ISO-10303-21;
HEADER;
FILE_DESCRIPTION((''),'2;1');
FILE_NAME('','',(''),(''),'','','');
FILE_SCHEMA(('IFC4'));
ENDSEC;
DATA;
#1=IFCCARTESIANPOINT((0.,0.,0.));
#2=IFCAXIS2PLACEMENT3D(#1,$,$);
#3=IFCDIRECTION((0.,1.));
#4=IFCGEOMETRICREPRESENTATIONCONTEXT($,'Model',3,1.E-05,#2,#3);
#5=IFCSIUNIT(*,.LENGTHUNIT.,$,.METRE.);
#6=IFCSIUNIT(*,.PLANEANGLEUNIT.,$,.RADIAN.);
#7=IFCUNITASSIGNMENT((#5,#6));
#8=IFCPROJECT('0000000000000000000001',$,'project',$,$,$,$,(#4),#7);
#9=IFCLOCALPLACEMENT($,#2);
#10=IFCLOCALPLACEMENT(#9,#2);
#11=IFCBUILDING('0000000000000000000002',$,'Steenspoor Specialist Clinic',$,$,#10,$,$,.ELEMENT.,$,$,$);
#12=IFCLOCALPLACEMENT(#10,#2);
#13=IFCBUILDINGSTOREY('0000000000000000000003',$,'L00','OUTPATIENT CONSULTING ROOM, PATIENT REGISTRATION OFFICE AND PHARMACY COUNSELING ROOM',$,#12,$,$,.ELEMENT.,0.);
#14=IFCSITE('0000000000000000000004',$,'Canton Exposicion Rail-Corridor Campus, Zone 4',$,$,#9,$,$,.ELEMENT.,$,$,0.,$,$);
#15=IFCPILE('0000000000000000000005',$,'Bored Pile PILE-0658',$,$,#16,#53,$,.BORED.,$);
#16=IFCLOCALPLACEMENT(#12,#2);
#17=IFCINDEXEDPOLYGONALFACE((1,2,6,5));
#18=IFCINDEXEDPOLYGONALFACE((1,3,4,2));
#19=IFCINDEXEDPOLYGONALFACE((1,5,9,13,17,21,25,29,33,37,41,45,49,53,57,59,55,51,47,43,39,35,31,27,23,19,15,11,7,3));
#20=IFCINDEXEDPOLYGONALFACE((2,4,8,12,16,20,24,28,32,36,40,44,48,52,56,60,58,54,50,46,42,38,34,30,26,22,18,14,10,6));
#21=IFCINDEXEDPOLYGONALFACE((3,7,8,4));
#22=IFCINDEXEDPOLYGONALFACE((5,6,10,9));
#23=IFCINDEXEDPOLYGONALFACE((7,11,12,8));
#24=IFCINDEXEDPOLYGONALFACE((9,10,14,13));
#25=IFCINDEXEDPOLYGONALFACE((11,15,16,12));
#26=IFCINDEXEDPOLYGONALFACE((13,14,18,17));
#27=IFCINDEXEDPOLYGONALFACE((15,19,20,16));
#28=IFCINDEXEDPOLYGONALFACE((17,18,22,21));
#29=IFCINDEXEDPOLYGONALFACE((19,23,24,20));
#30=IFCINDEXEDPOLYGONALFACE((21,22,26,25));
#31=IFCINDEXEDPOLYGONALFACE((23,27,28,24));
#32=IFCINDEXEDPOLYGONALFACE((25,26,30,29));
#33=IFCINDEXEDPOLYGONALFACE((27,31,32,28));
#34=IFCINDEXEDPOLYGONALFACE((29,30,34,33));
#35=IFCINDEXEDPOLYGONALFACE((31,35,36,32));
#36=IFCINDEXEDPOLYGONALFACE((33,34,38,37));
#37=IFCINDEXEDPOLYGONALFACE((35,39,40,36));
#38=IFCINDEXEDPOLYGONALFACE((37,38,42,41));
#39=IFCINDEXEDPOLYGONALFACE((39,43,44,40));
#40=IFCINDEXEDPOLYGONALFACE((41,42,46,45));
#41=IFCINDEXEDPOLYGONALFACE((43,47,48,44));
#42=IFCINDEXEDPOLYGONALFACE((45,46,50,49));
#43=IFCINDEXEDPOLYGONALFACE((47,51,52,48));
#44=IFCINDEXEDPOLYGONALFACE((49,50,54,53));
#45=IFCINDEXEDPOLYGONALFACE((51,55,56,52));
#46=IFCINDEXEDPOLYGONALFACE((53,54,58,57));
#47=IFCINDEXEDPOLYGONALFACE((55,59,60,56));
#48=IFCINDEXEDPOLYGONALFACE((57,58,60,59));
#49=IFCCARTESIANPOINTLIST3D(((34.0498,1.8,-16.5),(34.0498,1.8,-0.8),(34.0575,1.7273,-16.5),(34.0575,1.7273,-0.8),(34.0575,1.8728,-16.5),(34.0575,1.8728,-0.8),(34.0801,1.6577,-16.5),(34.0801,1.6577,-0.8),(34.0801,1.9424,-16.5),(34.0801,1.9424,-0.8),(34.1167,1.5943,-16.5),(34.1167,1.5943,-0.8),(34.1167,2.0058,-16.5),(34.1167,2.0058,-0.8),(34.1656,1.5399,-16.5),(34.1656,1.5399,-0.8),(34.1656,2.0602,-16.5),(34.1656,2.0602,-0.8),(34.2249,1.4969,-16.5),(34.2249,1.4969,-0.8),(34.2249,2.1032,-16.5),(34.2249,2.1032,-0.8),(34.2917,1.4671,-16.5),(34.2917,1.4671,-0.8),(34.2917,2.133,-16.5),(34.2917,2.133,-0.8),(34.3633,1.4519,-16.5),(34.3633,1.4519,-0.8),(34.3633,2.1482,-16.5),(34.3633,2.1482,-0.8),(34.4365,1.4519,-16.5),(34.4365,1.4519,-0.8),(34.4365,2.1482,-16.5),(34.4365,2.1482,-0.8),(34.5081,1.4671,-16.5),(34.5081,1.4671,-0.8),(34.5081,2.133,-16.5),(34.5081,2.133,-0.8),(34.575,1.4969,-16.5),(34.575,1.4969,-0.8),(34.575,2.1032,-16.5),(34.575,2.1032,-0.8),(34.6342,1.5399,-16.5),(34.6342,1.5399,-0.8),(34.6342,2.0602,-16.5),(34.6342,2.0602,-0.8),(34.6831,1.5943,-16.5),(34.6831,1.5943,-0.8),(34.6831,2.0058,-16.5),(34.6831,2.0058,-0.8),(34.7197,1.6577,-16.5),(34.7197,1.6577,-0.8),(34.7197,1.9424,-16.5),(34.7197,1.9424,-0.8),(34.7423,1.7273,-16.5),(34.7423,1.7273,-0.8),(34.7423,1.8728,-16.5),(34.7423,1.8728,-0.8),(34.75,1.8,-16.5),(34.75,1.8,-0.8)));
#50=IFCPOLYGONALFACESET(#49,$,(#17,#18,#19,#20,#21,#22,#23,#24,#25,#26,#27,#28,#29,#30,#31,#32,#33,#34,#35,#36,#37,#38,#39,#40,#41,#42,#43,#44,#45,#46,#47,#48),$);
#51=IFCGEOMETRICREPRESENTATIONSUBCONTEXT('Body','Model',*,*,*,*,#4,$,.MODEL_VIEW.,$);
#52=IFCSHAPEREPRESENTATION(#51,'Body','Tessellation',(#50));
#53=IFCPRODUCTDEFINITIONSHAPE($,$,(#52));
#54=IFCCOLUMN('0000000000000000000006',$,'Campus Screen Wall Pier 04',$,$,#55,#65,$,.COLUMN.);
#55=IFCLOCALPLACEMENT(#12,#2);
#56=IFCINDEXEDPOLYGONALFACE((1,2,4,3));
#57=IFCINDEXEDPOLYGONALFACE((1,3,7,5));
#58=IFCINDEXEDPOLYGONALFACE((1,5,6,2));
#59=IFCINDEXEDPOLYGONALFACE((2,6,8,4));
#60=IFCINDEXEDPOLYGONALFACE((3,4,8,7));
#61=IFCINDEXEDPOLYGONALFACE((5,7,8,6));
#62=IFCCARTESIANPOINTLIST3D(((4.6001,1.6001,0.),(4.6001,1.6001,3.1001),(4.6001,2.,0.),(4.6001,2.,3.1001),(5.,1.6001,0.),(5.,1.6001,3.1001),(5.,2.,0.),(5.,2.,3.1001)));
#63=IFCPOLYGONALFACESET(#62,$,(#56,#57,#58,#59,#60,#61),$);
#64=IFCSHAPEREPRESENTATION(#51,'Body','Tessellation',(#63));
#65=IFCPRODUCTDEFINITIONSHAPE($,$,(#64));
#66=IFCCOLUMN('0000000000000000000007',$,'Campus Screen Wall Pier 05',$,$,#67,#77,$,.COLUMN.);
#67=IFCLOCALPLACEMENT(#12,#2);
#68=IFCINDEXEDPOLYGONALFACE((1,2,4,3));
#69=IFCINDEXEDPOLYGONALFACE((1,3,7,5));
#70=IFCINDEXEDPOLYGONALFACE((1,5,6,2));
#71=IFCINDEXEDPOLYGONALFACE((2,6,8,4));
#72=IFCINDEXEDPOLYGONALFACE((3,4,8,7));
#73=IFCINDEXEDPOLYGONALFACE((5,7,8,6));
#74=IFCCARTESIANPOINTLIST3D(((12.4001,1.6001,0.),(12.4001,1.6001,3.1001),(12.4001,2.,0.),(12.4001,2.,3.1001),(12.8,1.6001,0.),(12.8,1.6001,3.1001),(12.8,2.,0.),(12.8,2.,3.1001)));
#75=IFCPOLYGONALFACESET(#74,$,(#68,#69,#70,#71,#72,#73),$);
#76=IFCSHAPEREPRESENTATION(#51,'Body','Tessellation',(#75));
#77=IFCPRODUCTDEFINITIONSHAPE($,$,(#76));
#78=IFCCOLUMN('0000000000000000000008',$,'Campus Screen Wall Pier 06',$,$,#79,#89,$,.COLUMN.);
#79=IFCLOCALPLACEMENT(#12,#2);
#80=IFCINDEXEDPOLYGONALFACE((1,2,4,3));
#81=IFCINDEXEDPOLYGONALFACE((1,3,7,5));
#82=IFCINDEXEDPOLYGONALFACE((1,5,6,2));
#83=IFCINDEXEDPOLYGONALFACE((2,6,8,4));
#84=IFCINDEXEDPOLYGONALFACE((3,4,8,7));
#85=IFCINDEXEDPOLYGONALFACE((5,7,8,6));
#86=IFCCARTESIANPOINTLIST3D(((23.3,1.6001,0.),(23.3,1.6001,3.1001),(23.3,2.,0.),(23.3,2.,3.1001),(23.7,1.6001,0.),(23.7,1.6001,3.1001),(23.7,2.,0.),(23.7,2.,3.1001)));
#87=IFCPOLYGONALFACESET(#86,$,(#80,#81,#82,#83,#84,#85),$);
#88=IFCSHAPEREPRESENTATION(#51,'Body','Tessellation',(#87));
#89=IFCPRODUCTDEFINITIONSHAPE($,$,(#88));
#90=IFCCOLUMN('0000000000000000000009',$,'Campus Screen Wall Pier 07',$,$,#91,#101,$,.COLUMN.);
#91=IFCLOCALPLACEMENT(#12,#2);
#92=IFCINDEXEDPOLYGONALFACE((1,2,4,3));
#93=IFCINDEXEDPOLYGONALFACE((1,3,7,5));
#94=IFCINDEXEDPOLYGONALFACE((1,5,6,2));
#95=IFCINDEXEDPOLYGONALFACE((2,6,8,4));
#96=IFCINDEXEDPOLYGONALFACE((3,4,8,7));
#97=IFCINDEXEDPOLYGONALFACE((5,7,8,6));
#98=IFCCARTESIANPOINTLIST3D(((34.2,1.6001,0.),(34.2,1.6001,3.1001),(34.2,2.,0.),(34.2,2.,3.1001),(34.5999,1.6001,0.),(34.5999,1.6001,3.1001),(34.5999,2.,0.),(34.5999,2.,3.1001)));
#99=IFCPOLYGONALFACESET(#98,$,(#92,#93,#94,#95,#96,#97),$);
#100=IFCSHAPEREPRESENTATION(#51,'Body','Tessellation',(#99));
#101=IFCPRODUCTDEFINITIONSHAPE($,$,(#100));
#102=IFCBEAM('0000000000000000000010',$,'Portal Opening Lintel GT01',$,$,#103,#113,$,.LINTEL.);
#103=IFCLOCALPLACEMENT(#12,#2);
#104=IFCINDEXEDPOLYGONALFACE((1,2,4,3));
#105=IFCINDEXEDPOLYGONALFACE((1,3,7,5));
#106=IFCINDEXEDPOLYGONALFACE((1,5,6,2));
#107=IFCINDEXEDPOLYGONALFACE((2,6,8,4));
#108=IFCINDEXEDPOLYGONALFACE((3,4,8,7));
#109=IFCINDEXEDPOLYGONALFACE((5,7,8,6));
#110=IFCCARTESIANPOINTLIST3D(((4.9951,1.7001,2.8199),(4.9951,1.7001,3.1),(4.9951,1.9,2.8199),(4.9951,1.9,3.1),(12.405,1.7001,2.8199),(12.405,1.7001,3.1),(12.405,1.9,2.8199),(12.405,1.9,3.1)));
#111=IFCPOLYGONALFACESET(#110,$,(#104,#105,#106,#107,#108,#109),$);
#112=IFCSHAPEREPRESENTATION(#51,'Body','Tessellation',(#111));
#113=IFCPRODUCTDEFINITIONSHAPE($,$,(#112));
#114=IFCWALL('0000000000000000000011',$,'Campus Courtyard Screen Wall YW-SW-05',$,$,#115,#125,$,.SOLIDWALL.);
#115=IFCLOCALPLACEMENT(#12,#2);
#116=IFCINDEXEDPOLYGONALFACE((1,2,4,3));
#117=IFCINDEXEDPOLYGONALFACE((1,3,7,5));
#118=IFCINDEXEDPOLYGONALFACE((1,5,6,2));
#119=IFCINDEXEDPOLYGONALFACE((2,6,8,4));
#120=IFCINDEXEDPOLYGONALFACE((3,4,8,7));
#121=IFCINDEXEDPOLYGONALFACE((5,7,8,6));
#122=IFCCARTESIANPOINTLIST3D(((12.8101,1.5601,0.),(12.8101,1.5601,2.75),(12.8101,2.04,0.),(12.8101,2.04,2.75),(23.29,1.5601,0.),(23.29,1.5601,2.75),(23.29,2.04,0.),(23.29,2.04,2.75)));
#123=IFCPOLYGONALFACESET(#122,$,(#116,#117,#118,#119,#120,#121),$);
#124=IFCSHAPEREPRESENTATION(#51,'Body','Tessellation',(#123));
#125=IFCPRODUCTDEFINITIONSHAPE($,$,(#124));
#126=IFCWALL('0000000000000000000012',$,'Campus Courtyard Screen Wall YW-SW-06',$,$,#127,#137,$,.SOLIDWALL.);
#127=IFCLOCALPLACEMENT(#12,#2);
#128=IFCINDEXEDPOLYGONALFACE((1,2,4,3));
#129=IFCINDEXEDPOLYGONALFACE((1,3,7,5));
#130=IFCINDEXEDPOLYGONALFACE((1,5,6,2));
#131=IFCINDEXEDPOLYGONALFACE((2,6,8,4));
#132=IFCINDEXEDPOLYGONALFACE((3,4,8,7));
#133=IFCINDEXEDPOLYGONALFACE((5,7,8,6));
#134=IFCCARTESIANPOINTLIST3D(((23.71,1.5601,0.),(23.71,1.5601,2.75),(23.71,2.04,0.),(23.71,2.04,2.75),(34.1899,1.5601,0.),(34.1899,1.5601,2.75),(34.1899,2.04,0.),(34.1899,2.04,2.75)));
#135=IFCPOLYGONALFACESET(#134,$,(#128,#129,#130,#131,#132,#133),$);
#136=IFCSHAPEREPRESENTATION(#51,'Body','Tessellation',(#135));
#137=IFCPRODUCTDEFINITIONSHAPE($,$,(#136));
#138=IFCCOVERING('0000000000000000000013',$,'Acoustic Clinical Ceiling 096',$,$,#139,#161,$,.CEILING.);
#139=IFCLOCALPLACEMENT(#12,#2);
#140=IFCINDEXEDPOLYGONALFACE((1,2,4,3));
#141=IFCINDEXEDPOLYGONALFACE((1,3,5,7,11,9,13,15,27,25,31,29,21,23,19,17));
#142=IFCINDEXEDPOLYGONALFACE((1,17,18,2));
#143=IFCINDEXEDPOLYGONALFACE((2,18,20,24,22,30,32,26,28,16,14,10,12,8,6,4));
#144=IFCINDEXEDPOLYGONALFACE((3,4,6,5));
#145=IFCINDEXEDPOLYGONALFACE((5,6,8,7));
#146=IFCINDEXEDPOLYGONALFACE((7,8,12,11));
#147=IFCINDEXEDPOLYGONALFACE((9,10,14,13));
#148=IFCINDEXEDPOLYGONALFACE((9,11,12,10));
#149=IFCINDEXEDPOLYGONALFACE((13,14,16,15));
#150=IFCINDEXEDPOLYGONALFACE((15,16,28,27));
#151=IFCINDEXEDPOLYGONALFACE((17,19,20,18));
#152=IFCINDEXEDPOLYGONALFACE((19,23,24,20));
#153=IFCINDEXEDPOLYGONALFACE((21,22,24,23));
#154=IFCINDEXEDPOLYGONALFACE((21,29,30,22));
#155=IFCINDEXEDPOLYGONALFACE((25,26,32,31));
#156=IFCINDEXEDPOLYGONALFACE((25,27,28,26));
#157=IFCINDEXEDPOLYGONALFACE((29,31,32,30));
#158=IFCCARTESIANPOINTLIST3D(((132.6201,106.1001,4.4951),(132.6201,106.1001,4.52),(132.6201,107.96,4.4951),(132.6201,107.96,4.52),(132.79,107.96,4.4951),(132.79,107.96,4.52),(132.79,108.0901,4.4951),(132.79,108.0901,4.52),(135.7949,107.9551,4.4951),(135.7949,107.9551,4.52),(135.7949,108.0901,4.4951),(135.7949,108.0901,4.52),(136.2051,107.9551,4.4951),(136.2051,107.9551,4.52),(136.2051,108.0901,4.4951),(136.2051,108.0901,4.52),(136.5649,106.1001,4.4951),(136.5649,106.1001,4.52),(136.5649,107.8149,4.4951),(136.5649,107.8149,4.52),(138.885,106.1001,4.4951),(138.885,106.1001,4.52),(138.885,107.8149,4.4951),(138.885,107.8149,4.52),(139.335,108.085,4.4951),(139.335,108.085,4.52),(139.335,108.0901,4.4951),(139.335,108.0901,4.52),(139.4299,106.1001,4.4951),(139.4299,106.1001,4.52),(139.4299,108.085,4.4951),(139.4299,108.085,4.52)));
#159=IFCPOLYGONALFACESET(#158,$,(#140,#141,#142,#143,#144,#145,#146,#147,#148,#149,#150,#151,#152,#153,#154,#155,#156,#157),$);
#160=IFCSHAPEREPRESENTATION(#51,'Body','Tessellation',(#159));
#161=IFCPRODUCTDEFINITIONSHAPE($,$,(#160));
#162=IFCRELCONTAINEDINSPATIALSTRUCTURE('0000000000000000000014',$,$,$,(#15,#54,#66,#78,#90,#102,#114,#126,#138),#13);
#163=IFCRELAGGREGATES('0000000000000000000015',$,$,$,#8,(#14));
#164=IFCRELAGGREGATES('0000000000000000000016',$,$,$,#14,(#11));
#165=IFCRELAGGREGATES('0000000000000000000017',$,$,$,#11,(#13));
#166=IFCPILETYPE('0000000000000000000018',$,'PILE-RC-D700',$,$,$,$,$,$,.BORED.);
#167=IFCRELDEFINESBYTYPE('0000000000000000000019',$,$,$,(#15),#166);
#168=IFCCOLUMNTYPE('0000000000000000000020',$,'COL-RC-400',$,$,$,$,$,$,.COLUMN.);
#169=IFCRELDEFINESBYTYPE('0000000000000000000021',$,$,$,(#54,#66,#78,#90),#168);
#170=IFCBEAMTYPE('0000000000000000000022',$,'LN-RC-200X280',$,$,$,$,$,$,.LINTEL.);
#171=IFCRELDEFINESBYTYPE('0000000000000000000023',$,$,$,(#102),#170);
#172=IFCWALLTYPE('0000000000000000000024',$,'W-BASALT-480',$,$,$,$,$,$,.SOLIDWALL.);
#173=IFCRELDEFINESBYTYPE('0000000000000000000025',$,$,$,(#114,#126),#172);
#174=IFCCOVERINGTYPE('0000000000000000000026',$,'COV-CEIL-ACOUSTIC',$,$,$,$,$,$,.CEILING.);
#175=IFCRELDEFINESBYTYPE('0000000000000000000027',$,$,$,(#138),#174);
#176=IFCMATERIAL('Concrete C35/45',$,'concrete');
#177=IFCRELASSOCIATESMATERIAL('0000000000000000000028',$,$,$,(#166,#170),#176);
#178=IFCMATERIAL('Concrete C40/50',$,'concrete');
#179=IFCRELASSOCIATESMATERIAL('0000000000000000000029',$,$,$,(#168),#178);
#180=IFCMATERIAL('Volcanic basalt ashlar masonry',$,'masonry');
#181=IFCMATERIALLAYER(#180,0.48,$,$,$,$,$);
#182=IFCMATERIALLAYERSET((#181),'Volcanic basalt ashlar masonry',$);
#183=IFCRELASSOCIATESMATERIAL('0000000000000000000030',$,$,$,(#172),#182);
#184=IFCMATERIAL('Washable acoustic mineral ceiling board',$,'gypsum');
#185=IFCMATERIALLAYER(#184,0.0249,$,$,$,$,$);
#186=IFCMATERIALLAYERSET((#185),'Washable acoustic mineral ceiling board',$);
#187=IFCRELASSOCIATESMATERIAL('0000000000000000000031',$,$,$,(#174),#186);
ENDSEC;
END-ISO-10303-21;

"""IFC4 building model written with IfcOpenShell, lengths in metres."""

from ifc_helpers import new_model, si_unit, direction, frame, frame_2d, origin, origin_2d, place, context, subcontext, project, spatial, polyline, rectangle, circle, outline, extrude, material, layer, layer_set, material_profile, profile_set, type_object, element, save


model = new_model("IFC4")

# Units and contexts
model_context = context("Model", 3, precision=1e-05, world=origin(), true_north=direction((0.0, 1.0)))
body_context = subcontext(model_context, "Body", "Model", "MODEL_VIEW")
ifc_project = project(units=[si_unit("LENGTHUNIT", "METRE"), si_unit("PLANEANGLEUNIT", "RADIAN")], contexts=[model_context])

# Site, building, storey
site_placement = place(None, origin())
site = spatial("IfcSite", under=ifc_project, at=site_placement, Name="Canton Exposicion Rail-Corridor Campus, Zone 4", CompositionType="ELEMENT", RefElevation=0.0)
building_placement = place(site_placement, origin())
building = spatial("IfcBuilding", under=site, at=building_placement, Name="Steenspoor Specialist Clinic", CompositionType="ELEMENT")
storey_placement = place(building_placement, origin())
storey = spatial("IfcBuildingStorey", under=building, at=storey_placement, Name="L00", Description="OUTPATIENT CONSULTING ROOM, PATIENT REGISTRATION OFFICE AND PHARMACY COUNSELING ROOM", CompositionType="ELEMENT", Elevation=0.0)

# Shared definitions
ifc_material_1 = material(Name="Concrete C35/45", Category="concrete")

# Pile
ifc_material_profile_1 = material_profile(ifc_material_1, circle(Radius=0.3501, at=origin_2d()), Name="PILE-D700")
ifc_profile_set_1 = profile_set([ifc_material_profile_1], Name="Concrete C35/45")
pile_type = type_object("IfcPileType", Name="PILE-RC-D700", PredefinedType="BORED", material=ifc_profile_set_1)
for number, where, z_axis, x_axis, name in (
    (1, (34.3999, 1.8, -0.8), (0.0, 0.0, -1.0), (1.0, 0.0, 0.0), "Bored Pile PILE-0658"),
):
    element("IfcPile", number, at=place(storey_placement, frame(where, z_axis=z_axis, x_axis=x_axis)), inside=storey, type_object=pile_type, Name=name, PredefinedType="BORED", context=body_context, shape_type="SweptSolid", body=[
        extrude(circle(Radius=0.3501, at=origin_2d()), origin(), (0.0, 0.0, 1.0), 15.7),
    ])

# Columns
ifc_material_2 = material(Name="Concrete C40/50", Category="concrete")
ifc_material_profile_2 = material_profile(ifc_material_2, rectangle(XDim=0.3999, YDim=0.3999, at=origin_2d()), Name="RC-COL-400X400")
ifc_profile_set_2 = profile_set([ifc_material_profile_2], Name="Concrete C40/50")
column_type = type_object("IfcColumnType", Name="COL-RC-400", PredefinedType="COLUMN", material=ifc_profile_set_2)
for number, where, z_axis, x_axis, name in (
    (2, (4.8, 1.8, 0.0), (0.0, 0.0, 1.0), (1.0, 0.0, 0.0), "Campus Screen Wall Pier 04"),
    (3, (12.6001, 1.8, 0.0), (0.0, 0.0, 1.0), (1.0, 0.0, 0.0), "Campus Screen Wall Pier 05"),
    (4, (23.5, 1.8, 0.0), (0.0, 0.0, 1.0), (1.0, 0.0, 0.0), "Campus Screen Wall Pier 06"),
    (5, (34.3999, 1.8, 0.0), (0.0, 0.0, 1.0), (1.0, 0.0, 0.0), "Campus Screen Wall Pier 07"),
):
    element("IfcColumn", number, at=place(storey_placement, frame(where, z_axis=z_axis, x_axis=x_axis)), inside=storey, type_object=column_type, Name=name, PredefinedType="COLUMN", context=body_context, shape_type="SweptSolid", body=[
        extrude(rectangle(XDim=0.3999, YDim=0.3999, at=origin_2d()), origin(), (0.0, 0.0, 1.0), 3.1001),
    ])

# Beam
ifc_material_profile_3 = material_profile(ifc_material_1, rectangle(XDim=0.2, YDim=0.28, at=origin_2d()), Name="RC-LN-200X280")
ifc_profile_set_3 = profile_set([ifc_material_profile_3], Name="Concrete C35/45")
beam_type = type_object("IfcBeamType", Name="LN-RC-200X280", PredefinedType="LINTEL", material=ifc_profile_set_3)
beam_placement = place(storey_placement, frame((4.9951, 1.8, 2.96), z_axis=(1.0, 0.0, 0.0), x_axis=(0.0, 1.0, 0.0)))
element("IfcBeam", 6, at=beam_placement, inside=storey, type_object=beam_type, Name="Portal Opening Lintel GT01", PredefinedType="LINTEL", context=body_context, shape_type="SweptSolid", body=[
    extrude(rectangle(XDim=0.2, YDim=0.28, at=origin_2d()), origin(), (0.0, 0.0, 1.0), 7.4099),
])

# Walls
ifc_material_3 = material(Name="Volcanic basalt ashlar masonry", Category="masonry")
ifc_layer_1 = layer(ifc_material_3, 0.48)
ifc_layer_set_1 = layer_set([ifc_layer_1], Name="Volcanic basalt ashlar masonry")
wall_type = type_object("IfcWallType", Name="W-BASALT-480", PredefinedType="SOLIDWALL", material=ifc_layer_set_1)
for number, where, z_axis, x_axis, name in (
    (7, (12.8101, 1.8, 0.0), (0.0, 0.0, 1.0), (1.0, 0.0, 0.0), "Campus Courtyard Screen Wall YW-SW-05"),
    (8, (23.71, 1.8, 0.0), (0.0, 0.0, 1.0), (1.0, 0.0, 0.0), "Campus Courtyard Screen Wall YW-SW-06"),
):
    element("IfcWall", number, at=place(storey_placement, frame(where, z_axis=z_axis, x_axis=x_axis)), inside=storey, type_object=wall_type, Name=name, PredefinedType="SOLIDWALL", context=body_context, shape_type="SweptSolid", body=[
        extrude(rectangle(XDim=10.48, YDim=0.48, at=frame_2d((5.24, 0.0))), origin(), (0.0, 0.0, 1.0), 2.75),
    ])

# Covering
ifc_material_4 = material(Name="Washable acoustic mineral ceiling board", Category="gypsum")
ifc_layer_2 = layer(ifc_material_4, 0.0249)
ifc_layer_set_2 = layer_set([ifc_layer_2], Name="Washable acoustic mineral ceiling board")
covering_type_1 = type_object("IfcCoveringType", Name="COV-CEIL-ACOUSTIC", PredefinedType="CEILING", material=ifc_layer_set_2)
covering_1_placement = place(storey_placement, frame((0.0, 0.0, 4.4951)))
element("IfcCovering", 9, at=covering_1_placement, inside=storey, type_object=covering_type_1, Name="Acoustic Clinical Ceiling 096", PredefinedType="CEILING", context=body_context, shape_type="SweptSolid", body=[
    extrude(outline(polyline([(138.885, 107.8149), (136.5649, 107.8149), (136.5649, 106.1001), (132.6201, 106.1001), (132.6201, 107.96), (132.79, 107.96), (132.79, 108.0901), (135.7949, 108.0901), (135.7949, 107.9551), (136.2051, 107.9551), (136.2051, 108.0901), (139.335, 108.0901), (139.335, 108.085), (139.4299, 108.085), (139.4299, 106.1001), (138.885, 106.1001), (138.885, 107.8149)])), origin(), (0.0, 0.0, 1.0), 0.0249),
])

save(model, "model.ifc")
